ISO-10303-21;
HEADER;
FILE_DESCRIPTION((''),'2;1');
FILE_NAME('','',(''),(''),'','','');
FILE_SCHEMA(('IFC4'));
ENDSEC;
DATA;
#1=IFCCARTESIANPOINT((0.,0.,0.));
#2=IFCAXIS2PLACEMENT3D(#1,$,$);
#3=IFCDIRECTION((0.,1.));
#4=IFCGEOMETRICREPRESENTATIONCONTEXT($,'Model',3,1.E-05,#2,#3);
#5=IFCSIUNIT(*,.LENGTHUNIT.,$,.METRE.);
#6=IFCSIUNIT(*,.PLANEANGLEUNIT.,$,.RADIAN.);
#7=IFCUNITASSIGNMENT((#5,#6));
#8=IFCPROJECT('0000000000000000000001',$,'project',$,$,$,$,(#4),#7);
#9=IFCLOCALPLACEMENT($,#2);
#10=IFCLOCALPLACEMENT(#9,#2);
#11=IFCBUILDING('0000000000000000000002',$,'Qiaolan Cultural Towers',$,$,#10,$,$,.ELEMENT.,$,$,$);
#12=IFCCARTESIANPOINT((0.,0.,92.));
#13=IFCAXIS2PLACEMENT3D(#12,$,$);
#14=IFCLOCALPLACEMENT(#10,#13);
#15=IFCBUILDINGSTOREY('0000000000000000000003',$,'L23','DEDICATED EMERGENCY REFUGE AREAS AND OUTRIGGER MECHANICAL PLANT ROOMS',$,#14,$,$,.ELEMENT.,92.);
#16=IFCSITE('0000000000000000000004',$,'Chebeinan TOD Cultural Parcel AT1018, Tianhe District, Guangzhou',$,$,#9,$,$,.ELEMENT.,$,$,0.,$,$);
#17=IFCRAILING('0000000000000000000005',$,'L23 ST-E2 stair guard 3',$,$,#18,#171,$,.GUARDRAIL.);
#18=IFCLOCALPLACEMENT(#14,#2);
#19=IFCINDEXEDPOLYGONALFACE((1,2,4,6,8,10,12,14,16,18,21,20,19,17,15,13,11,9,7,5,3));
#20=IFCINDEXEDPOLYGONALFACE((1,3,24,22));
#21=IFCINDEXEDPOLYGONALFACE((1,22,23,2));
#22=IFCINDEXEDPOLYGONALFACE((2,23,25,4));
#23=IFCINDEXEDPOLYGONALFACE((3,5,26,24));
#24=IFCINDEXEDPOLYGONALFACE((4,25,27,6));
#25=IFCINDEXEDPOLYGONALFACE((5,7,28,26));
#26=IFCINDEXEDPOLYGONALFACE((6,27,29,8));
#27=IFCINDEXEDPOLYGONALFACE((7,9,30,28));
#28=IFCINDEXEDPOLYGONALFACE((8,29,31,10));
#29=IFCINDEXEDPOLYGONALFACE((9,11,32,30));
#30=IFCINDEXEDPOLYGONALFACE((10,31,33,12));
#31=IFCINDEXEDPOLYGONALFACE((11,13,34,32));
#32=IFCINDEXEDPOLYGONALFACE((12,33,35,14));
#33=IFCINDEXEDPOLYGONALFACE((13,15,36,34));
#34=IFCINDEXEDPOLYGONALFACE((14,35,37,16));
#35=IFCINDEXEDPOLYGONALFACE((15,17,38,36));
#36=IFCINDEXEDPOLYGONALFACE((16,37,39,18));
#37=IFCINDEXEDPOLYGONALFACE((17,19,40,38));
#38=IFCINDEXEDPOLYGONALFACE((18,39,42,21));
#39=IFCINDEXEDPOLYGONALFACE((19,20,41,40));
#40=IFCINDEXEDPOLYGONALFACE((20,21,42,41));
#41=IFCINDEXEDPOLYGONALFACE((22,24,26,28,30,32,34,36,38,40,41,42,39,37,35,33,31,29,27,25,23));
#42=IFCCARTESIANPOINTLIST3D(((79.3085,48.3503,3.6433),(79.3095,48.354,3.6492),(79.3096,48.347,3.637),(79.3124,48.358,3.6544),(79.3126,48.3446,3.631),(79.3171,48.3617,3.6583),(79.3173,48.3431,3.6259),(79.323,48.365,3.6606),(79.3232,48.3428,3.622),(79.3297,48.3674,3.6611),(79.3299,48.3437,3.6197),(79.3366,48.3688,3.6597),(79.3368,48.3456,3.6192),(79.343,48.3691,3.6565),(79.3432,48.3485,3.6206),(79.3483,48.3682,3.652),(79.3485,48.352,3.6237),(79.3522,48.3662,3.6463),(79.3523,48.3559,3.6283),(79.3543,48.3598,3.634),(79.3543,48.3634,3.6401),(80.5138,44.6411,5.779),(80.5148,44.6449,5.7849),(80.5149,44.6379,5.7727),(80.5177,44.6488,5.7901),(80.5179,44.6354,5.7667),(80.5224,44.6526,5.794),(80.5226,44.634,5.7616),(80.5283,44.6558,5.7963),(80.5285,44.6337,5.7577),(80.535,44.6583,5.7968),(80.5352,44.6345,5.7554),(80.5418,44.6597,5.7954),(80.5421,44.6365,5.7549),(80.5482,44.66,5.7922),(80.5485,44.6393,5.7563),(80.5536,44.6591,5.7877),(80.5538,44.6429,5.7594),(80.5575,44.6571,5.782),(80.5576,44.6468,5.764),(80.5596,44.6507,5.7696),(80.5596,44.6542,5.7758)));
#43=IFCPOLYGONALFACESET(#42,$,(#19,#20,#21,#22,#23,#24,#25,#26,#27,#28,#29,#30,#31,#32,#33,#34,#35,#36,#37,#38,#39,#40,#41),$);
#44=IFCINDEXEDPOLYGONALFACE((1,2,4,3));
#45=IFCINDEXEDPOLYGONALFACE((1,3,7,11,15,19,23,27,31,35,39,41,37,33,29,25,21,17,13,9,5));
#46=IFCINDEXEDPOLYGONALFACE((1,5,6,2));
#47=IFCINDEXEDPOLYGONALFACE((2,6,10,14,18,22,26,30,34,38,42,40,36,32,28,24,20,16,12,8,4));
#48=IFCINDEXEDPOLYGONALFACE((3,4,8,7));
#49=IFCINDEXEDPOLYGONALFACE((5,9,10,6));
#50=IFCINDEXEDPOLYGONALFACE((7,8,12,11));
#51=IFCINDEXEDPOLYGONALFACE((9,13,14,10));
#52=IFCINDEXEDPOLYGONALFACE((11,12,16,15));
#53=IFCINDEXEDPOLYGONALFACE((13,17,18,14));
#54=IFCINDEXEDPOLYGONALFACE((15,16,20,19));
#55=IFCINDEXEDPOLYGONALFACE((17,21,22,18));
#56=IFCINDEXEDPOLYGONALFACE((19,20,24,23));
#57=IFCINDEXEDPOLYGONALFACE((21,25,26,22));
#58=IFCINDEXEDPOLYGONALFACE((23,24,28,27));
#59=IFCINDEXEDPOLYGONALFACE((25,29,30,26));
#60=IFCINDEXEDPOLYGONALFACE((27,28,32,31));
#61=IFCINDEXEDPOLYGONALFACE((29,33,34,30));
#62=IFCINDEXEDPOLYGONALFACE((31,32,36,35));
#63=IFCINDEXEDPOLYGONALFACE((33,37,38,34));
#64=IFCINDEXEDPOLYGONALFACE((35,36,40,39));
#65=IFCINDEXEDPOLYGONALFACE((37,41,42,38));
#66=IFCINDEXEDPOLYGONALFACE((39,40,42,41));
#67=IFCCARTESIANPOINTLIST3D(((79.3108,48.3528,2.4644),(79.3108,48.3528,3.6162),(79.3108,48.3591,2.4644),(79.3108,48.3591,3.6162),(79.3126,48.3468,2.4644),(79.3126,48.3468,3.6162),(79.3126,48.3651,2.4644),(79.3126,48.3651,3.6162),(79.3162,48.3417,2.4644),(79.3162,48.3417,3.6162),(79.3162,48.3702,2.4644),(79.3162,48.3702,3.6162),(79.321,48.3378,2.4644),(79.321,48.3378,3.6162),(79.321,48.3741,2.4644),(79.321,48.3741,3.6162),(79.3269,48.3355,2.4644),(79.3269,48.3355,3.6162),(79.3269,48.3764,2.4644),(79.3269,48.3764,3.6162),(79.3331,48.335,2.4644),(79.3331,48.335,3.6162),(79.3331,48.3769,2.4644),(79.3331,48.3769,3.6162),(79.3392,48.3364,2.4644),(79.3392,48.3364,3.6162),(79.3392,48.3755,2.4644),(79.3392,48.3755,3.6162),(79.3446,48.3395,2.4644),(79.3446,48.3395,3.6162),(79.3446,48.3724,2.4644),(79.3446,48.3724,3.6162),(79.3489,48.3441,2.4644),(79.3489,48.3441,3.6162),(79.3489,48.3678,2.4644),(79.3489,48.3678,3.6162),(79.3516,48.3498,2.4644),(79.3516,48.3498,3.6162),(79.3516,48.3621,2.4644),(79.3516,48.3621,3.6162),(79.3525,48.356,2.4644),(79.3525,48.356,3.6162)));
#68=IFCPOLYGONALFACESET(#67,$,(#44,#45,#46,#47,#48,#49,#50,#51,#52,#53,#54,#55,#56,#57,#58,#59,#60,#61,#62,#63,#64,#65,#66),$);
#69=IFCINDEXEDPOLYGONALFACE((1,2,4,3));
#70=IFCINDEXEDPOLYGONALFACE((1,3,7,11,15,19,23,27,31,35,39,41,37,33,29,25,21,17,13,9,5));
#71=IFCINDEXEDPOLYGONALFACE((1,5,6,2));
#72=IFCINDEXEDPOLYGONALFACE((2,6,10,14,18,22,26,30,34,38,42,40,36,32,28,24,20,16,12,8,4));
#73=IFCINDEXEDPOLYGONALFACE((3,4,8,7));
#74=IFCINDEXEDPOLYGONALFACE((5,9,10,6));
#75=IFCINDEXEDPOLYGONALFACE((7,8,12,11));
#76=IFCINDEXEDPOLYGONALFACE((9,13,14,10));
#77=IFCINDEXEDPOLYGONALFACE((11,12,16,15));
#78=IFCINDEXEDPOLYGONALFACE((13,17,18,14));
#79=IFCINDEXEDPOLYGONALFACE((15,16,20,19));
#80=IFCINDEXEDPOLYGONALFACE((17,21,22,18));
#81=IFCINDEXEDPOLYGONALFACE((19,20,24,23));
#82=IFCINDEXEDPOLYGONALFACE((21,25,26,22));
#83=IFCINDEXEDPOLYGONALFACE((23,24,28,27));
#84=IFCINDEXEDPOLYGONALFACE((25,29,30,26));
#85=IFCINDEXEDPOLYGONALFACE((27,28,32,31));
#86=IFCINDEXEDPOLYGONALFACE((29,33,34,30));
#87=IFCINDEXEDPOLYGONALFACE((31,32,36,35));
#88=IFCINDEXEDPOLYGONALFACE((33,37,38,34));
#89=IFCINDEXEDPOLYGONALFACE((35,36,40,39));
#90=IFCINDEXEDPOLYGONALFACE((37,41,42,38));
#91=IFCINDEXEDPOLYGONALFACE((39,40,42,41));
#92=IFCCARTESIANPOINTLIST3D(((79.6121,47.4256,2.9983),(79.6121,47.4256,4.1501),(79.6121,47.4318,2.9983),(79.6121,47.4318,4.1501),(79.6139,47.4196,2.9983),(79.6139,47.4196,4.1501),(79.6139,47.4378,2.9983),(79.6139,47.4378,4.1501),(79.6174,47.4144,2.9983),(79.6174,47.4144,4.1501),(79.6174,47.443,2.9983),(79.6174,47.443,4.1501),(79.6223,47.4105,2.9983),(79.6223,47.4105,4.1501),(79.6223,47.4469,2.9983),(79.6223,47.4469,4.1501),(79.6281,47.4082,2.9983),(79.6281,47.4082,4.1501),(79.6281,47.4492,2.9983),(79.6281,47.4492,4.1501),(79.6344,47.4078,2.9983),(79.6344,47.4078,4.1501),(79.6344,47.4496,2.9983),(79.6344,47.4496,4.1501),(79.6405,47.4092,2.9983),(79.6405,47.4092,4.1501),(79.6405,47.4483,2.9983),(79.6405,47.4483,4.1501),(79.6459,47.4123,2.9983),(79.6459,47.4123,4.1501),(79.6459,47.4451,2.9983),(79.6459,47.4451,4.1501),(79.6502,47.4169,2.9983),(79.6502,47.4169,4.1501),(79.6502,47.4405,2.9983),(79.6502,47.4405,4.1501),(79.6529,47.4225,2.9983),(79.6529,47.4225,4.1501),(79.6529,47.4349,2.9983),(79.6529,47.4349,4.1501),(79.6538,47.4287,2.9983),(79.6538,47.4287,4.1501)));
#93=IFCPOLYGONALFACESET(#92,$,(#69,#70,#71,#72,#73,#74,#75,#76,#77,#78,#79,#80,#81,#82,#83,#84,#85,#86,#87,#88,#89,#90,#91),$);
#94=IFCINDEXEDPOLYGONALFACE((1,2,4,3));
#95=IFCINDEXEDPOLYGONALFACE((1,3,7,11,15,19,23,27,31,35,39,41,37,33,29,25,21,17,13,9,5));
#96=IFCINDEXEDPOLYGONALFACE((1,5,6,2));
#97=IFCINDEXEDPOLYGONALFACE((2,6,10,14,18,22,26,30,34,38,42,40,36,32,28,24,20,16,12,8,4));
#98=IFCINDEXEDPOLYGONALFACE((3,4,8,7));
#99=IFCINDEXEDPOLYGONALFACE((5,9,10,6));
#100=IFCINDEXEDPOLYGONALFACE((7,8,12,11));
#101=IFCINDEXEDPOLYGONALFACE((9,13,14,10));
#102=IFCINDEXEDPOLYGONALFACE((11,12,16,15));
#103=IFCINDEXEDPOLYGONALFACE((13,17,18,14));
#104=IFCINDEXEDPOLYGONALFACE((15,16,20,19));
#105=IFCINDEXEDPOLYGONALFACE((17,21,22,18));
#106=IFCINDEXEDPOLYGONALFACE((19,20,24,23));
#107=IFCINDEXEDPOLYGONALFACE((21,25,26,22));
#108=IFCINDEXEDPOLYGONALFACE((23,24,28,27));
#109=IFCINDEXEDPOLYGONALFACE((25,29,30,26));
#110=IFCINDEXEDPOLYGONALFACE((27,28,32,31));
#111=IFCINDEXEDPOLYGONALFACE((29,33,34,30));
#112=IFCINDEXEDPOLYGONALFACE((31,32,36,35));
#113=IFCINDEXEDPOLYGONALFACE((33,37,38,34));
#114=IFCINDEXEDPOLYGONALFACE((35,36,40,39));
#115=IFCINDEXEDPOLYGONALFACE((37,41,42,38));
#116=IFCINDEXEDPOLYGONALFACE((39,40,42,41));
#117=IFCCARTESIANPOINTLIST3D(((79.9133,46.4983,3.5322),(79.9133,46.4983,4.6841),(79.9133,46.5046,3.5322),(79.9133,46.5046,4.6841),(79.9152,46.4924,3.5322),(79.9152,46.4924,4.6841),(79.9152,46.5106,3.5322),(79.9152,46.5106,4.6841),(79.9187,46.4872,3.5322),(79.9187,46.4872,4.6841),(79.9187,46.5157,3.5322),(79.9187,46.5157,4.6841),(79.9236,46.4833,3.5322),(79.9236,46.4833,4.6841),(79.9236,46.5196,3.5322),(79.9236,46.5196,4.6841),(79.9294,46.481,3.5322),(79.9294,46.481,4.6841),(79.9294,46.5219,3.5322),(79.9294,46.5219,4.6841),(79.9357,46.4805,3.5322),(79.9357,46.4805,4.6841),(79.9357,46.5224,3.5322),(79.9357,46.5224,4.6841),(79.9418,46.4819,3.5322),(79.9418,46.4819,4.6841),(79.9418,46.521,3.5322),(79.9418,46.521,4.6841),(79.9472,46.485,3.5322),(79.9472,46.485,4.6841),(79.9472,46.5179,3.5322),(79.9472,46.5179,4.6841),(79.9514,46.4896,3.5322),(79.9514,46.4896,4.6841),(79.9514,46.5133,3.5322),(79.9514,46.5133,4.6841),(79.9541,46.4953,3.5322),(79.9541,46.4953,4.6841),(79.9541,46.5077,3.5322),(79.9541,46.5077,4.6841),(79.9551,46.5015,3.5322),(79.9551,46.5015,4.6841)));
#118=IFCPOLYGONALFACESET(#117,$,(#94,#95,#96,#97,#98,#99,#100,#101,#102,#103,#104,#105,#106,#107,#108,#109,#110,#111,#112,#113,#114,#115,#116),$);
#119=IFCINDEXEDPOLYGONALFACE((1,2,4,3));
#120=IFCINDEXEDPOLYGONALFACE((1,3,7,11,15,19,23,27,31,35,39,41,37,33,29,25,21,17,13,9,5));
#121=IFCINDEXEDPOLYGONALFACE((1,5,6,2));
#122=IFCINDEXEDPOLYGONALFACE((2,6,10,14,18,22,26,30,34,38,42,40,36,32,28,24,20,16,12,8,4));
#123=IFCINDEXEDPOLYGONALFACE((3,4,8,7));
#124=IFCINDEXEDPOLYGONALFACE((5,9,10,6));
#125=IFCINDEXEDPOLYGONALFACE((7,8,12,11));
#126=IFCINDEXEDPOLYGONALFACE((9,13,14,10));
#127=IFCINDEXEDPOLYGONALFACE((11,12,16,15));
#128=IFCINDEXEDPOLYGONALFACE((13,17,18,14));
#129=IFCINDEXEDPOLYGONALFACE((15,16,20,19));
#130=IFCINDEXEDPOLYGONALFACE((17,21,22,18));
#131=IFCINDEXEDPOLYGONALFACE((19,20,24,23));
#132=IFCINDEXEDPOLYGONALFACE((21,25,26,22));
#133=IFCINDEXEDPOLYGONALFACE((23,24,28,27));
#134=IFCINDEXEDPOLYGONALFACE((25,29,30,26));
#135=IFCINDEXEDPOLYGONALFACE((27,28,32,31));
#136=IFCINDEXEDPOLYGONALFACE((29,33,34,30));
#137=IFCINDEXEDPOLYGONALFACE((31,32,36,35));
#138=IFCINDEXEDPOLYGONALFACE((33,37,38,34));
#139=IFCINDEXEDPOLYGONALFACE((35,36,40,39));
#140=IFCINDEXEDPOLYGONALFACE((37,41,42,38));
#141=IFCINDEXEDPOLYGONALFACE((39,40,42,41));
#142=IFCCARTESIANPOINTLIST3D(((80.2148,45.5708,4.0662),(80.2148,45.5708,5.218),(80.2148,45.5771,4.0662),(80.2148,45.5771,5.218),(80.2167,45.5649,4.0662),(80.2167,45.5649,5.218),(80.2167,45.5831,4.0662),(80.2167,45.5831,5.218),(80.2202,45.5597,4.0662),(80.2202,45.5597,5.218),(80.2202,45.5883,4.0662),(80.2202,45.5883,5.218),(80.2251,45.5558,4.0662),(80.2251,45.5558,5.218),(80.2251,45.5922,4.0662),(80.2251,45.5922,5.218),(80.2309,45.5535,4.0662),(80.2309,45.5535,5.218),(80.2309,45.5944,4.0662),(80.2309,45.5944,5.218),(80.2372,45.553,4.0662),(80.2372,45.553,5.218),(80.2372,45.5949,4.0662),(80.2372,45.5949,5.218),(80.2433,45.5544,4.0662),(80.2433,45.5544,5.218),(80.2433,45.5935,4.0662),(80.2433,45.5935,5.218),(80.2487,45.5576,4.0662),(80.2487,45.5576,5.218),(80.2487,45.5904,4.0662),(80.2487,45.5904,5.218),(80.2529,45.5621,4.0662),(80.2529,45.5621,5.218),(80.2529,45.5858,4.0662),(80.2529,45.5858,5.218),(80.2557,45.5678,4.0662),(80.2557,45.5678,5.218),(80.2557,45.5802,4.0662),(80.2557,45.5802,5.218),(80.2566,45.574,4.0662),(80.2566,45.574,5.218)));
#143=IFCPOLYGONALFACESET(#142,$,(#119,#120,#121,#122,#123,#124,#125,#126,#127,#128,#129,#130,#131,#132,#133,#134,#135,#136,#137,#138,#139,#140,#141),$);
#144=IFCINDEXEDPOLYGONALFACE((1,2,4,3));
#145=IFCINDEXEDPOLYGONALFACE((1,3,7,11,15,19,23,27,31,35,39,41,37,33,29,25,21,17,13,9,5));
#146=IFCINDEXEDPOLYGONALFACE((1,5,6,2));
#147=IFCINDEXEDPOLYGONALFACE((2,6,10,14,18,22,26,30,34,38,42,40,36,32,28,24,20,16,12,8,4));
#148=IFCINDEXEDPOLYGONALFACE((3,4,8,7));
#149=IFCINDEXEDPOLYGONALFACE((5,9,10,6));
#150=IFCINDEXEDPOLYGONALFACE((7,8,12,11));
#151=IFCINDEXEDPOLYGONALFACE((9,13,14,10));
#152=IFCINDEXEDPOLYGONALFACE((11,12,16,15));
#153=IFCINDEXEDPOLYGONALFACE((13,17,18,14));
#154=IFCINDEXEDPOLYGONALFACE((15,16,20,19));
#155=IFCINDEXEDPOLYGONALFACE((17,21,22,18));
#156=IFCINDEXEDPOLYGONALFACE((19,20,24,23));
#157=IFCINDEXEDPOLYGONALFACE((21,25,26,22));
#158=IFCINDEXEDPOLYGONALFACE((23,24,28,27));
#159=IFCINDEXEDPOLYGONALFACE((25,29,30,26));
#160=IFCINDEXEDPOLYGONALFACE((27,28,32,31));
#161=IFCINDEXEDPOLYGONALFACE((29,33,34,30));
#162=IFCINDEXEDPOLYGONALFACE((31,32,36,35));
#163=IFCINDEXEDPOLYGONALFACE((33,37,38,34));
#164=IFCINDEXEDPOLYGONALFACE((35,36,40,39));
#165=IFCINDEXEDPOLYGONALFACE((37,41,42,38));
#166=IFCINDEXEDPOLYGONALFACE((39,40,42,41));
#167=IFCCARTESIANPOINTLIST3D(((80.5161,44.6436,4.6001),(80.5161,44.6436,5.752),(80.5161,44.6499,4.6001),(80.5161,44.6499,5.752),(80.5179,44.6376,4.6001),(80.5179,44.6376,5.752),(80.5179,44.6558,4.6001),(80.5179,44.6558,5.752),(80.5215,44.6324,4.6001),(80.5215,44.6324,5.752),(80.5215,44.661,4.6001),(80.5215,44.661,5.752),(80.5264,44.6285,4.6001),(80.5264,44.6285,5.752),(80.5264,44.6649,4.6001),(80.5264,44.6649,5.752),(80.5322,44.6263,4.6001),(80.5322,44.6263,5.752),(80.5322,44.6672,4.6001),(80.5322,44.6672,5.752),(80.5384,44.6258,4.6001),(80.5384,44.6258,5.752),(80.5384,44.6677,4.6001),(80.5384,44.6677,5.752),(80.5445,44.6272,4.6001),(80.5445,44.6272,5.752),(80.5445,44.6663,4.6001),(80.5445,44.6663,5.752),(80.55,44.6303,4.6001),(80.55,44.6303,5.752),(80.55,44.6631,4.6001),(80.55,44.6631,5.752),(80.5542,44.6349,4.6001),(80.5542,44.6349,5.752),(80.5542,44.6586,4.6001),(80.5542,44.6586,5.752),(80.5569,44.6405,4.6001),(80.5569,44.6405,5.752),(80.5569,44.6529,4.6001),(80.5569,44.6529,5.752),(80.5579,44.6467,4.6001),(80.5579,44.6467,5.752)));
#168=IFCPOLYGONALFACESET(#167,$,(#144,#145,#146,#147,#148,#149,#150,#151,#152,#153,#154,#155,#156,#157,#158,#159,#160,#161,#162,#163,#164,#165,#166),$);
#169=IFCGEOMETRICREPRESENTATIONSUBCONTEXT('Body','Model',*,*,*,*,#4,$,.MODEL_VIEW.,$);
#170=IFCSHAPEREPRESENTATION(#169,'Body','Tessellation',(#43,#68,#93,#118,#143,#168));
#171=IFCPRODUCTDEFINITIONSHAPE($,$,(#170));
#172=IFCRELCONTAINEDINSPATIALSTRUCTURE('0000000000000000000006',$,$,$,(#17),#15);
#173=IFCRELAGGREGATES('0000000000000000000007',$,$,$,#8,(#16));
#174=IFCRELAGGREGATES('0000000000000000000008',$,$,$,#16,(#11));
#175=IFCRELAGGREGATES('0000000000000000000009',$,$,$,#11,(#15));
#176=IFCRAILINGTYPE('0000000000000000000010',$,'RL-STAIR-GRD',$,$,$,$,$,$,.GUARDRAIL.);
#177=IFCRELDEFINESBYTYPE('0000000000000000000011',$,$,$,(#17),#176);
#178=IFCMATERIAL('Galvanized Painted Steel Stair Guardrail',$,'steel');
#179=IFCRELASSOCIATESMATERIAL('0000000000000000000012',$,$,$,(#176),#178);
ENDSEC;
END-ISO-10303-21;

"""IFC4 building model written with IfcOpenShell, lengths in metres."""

from ifc_helpers import new_model, si_unit, direction, frame, origin, origin_2d, place, context, subcontext, project, spatial, circle, extrude, material, type_object, element, save


model = new_model("IFC4")

# Units and contexts
model_context = context("Model", 3, precision=1e-05, world=origin(), true_north=direction((0.0, 1.0)))
body_context = subcontext(model_context, "Body", "Model", "MODEL_VIEW")
ifc_project = project(units=[si_unit("LENGTHUNIT", "METRE"), si_unit("PLANEANGLEUNIT", "RADIAN")], contexts=[model_context])

# Site, building, storey
site_placement = place(None, origin())
site = spatial("IfcSite", under=ifc_project, at=site_placement, Name="Chebeinan TOD Cultural Parcel AT1018, Tianhe District, Guangzhou", CompositionType="ELEMENT", RefElevation=0.0)
building_placement = place(site_placement, origin())
building = spatial("IfcBuilding", under=site, at=building_placement, Name="Qiaolan Cultural Towers", CompositionType="ELEMENT")
storey_placement = place(building_placement, frame((0.0, 0.0, 92.0)))
storey = spatial("IfcBuildingStorey", under=building, at=storey_placement, Name="L23", Description="DEDICATED EMERGENCY REFUGE AREAS AND OUTRIGGER MECHANICAL PLANT ROOMS", CompositionType="ELEMENT", Elevation=92.0)

# Railing
ifc_material_1 = material(Name="Galvanized Painted Steel Stair Guardrail", Category="steel")
railing_type = type_object("IfcRailingType", Name="RL-STAIR-GRD", PredefinedType="GUARDRAIL", material=ifc_material_1)
railing_1_placement = place(storey_placement, frame((79.3315, 48.356, 2.4644)))
element("IfcRailing", 1, at=railing_1_placement, inside=storey, type_object=railing_type, Name="L23 ST-E2 stair guard 3", PredefinedType="GUARDRAIL", context=body_context, shape_type="SweptSolid", body=[
    extrude(circle(Radius=0.0239, at=origin_2d()), frame((0.0, 0.0, 1.1758), z_axis=(0.271064, -0.834165, 0.480305), x_axis=(0.951047, 0.309045, 0.0)), (0.0, 0.0, 1.0), 4.4465),
    extrude(circle(Radius=0.021, at=origin_2d()), origin(), (0.0, 0.0, 1.0), 1.1519),
    extrude(circle(Radius=0.021, at=origin_2d()), frame((0.3013, -0.9272, 0.5339)), (0.0, 0.0, 1.0), 1.1519),
    extrude(circle(Radius=0.021, at=origin_2d()), frame((0.6025, -1.8545, 1.0679)), (0.0, 0.0, 1.0), 1.1519),
    extrude(circle(Radius=0.021, at=origin_2d()), frame((0.9041, -2.782, 1.6018)), (0.0, 0.0, 1.0), 1.1519),
    extrude(circle(Radius=0.021, at=origin_2d()), frame((1.2053, -3.7092, 2.1357)), (0.0, 0.0, 1.0), 1.1519),
])

save(model, "model.ifc")
